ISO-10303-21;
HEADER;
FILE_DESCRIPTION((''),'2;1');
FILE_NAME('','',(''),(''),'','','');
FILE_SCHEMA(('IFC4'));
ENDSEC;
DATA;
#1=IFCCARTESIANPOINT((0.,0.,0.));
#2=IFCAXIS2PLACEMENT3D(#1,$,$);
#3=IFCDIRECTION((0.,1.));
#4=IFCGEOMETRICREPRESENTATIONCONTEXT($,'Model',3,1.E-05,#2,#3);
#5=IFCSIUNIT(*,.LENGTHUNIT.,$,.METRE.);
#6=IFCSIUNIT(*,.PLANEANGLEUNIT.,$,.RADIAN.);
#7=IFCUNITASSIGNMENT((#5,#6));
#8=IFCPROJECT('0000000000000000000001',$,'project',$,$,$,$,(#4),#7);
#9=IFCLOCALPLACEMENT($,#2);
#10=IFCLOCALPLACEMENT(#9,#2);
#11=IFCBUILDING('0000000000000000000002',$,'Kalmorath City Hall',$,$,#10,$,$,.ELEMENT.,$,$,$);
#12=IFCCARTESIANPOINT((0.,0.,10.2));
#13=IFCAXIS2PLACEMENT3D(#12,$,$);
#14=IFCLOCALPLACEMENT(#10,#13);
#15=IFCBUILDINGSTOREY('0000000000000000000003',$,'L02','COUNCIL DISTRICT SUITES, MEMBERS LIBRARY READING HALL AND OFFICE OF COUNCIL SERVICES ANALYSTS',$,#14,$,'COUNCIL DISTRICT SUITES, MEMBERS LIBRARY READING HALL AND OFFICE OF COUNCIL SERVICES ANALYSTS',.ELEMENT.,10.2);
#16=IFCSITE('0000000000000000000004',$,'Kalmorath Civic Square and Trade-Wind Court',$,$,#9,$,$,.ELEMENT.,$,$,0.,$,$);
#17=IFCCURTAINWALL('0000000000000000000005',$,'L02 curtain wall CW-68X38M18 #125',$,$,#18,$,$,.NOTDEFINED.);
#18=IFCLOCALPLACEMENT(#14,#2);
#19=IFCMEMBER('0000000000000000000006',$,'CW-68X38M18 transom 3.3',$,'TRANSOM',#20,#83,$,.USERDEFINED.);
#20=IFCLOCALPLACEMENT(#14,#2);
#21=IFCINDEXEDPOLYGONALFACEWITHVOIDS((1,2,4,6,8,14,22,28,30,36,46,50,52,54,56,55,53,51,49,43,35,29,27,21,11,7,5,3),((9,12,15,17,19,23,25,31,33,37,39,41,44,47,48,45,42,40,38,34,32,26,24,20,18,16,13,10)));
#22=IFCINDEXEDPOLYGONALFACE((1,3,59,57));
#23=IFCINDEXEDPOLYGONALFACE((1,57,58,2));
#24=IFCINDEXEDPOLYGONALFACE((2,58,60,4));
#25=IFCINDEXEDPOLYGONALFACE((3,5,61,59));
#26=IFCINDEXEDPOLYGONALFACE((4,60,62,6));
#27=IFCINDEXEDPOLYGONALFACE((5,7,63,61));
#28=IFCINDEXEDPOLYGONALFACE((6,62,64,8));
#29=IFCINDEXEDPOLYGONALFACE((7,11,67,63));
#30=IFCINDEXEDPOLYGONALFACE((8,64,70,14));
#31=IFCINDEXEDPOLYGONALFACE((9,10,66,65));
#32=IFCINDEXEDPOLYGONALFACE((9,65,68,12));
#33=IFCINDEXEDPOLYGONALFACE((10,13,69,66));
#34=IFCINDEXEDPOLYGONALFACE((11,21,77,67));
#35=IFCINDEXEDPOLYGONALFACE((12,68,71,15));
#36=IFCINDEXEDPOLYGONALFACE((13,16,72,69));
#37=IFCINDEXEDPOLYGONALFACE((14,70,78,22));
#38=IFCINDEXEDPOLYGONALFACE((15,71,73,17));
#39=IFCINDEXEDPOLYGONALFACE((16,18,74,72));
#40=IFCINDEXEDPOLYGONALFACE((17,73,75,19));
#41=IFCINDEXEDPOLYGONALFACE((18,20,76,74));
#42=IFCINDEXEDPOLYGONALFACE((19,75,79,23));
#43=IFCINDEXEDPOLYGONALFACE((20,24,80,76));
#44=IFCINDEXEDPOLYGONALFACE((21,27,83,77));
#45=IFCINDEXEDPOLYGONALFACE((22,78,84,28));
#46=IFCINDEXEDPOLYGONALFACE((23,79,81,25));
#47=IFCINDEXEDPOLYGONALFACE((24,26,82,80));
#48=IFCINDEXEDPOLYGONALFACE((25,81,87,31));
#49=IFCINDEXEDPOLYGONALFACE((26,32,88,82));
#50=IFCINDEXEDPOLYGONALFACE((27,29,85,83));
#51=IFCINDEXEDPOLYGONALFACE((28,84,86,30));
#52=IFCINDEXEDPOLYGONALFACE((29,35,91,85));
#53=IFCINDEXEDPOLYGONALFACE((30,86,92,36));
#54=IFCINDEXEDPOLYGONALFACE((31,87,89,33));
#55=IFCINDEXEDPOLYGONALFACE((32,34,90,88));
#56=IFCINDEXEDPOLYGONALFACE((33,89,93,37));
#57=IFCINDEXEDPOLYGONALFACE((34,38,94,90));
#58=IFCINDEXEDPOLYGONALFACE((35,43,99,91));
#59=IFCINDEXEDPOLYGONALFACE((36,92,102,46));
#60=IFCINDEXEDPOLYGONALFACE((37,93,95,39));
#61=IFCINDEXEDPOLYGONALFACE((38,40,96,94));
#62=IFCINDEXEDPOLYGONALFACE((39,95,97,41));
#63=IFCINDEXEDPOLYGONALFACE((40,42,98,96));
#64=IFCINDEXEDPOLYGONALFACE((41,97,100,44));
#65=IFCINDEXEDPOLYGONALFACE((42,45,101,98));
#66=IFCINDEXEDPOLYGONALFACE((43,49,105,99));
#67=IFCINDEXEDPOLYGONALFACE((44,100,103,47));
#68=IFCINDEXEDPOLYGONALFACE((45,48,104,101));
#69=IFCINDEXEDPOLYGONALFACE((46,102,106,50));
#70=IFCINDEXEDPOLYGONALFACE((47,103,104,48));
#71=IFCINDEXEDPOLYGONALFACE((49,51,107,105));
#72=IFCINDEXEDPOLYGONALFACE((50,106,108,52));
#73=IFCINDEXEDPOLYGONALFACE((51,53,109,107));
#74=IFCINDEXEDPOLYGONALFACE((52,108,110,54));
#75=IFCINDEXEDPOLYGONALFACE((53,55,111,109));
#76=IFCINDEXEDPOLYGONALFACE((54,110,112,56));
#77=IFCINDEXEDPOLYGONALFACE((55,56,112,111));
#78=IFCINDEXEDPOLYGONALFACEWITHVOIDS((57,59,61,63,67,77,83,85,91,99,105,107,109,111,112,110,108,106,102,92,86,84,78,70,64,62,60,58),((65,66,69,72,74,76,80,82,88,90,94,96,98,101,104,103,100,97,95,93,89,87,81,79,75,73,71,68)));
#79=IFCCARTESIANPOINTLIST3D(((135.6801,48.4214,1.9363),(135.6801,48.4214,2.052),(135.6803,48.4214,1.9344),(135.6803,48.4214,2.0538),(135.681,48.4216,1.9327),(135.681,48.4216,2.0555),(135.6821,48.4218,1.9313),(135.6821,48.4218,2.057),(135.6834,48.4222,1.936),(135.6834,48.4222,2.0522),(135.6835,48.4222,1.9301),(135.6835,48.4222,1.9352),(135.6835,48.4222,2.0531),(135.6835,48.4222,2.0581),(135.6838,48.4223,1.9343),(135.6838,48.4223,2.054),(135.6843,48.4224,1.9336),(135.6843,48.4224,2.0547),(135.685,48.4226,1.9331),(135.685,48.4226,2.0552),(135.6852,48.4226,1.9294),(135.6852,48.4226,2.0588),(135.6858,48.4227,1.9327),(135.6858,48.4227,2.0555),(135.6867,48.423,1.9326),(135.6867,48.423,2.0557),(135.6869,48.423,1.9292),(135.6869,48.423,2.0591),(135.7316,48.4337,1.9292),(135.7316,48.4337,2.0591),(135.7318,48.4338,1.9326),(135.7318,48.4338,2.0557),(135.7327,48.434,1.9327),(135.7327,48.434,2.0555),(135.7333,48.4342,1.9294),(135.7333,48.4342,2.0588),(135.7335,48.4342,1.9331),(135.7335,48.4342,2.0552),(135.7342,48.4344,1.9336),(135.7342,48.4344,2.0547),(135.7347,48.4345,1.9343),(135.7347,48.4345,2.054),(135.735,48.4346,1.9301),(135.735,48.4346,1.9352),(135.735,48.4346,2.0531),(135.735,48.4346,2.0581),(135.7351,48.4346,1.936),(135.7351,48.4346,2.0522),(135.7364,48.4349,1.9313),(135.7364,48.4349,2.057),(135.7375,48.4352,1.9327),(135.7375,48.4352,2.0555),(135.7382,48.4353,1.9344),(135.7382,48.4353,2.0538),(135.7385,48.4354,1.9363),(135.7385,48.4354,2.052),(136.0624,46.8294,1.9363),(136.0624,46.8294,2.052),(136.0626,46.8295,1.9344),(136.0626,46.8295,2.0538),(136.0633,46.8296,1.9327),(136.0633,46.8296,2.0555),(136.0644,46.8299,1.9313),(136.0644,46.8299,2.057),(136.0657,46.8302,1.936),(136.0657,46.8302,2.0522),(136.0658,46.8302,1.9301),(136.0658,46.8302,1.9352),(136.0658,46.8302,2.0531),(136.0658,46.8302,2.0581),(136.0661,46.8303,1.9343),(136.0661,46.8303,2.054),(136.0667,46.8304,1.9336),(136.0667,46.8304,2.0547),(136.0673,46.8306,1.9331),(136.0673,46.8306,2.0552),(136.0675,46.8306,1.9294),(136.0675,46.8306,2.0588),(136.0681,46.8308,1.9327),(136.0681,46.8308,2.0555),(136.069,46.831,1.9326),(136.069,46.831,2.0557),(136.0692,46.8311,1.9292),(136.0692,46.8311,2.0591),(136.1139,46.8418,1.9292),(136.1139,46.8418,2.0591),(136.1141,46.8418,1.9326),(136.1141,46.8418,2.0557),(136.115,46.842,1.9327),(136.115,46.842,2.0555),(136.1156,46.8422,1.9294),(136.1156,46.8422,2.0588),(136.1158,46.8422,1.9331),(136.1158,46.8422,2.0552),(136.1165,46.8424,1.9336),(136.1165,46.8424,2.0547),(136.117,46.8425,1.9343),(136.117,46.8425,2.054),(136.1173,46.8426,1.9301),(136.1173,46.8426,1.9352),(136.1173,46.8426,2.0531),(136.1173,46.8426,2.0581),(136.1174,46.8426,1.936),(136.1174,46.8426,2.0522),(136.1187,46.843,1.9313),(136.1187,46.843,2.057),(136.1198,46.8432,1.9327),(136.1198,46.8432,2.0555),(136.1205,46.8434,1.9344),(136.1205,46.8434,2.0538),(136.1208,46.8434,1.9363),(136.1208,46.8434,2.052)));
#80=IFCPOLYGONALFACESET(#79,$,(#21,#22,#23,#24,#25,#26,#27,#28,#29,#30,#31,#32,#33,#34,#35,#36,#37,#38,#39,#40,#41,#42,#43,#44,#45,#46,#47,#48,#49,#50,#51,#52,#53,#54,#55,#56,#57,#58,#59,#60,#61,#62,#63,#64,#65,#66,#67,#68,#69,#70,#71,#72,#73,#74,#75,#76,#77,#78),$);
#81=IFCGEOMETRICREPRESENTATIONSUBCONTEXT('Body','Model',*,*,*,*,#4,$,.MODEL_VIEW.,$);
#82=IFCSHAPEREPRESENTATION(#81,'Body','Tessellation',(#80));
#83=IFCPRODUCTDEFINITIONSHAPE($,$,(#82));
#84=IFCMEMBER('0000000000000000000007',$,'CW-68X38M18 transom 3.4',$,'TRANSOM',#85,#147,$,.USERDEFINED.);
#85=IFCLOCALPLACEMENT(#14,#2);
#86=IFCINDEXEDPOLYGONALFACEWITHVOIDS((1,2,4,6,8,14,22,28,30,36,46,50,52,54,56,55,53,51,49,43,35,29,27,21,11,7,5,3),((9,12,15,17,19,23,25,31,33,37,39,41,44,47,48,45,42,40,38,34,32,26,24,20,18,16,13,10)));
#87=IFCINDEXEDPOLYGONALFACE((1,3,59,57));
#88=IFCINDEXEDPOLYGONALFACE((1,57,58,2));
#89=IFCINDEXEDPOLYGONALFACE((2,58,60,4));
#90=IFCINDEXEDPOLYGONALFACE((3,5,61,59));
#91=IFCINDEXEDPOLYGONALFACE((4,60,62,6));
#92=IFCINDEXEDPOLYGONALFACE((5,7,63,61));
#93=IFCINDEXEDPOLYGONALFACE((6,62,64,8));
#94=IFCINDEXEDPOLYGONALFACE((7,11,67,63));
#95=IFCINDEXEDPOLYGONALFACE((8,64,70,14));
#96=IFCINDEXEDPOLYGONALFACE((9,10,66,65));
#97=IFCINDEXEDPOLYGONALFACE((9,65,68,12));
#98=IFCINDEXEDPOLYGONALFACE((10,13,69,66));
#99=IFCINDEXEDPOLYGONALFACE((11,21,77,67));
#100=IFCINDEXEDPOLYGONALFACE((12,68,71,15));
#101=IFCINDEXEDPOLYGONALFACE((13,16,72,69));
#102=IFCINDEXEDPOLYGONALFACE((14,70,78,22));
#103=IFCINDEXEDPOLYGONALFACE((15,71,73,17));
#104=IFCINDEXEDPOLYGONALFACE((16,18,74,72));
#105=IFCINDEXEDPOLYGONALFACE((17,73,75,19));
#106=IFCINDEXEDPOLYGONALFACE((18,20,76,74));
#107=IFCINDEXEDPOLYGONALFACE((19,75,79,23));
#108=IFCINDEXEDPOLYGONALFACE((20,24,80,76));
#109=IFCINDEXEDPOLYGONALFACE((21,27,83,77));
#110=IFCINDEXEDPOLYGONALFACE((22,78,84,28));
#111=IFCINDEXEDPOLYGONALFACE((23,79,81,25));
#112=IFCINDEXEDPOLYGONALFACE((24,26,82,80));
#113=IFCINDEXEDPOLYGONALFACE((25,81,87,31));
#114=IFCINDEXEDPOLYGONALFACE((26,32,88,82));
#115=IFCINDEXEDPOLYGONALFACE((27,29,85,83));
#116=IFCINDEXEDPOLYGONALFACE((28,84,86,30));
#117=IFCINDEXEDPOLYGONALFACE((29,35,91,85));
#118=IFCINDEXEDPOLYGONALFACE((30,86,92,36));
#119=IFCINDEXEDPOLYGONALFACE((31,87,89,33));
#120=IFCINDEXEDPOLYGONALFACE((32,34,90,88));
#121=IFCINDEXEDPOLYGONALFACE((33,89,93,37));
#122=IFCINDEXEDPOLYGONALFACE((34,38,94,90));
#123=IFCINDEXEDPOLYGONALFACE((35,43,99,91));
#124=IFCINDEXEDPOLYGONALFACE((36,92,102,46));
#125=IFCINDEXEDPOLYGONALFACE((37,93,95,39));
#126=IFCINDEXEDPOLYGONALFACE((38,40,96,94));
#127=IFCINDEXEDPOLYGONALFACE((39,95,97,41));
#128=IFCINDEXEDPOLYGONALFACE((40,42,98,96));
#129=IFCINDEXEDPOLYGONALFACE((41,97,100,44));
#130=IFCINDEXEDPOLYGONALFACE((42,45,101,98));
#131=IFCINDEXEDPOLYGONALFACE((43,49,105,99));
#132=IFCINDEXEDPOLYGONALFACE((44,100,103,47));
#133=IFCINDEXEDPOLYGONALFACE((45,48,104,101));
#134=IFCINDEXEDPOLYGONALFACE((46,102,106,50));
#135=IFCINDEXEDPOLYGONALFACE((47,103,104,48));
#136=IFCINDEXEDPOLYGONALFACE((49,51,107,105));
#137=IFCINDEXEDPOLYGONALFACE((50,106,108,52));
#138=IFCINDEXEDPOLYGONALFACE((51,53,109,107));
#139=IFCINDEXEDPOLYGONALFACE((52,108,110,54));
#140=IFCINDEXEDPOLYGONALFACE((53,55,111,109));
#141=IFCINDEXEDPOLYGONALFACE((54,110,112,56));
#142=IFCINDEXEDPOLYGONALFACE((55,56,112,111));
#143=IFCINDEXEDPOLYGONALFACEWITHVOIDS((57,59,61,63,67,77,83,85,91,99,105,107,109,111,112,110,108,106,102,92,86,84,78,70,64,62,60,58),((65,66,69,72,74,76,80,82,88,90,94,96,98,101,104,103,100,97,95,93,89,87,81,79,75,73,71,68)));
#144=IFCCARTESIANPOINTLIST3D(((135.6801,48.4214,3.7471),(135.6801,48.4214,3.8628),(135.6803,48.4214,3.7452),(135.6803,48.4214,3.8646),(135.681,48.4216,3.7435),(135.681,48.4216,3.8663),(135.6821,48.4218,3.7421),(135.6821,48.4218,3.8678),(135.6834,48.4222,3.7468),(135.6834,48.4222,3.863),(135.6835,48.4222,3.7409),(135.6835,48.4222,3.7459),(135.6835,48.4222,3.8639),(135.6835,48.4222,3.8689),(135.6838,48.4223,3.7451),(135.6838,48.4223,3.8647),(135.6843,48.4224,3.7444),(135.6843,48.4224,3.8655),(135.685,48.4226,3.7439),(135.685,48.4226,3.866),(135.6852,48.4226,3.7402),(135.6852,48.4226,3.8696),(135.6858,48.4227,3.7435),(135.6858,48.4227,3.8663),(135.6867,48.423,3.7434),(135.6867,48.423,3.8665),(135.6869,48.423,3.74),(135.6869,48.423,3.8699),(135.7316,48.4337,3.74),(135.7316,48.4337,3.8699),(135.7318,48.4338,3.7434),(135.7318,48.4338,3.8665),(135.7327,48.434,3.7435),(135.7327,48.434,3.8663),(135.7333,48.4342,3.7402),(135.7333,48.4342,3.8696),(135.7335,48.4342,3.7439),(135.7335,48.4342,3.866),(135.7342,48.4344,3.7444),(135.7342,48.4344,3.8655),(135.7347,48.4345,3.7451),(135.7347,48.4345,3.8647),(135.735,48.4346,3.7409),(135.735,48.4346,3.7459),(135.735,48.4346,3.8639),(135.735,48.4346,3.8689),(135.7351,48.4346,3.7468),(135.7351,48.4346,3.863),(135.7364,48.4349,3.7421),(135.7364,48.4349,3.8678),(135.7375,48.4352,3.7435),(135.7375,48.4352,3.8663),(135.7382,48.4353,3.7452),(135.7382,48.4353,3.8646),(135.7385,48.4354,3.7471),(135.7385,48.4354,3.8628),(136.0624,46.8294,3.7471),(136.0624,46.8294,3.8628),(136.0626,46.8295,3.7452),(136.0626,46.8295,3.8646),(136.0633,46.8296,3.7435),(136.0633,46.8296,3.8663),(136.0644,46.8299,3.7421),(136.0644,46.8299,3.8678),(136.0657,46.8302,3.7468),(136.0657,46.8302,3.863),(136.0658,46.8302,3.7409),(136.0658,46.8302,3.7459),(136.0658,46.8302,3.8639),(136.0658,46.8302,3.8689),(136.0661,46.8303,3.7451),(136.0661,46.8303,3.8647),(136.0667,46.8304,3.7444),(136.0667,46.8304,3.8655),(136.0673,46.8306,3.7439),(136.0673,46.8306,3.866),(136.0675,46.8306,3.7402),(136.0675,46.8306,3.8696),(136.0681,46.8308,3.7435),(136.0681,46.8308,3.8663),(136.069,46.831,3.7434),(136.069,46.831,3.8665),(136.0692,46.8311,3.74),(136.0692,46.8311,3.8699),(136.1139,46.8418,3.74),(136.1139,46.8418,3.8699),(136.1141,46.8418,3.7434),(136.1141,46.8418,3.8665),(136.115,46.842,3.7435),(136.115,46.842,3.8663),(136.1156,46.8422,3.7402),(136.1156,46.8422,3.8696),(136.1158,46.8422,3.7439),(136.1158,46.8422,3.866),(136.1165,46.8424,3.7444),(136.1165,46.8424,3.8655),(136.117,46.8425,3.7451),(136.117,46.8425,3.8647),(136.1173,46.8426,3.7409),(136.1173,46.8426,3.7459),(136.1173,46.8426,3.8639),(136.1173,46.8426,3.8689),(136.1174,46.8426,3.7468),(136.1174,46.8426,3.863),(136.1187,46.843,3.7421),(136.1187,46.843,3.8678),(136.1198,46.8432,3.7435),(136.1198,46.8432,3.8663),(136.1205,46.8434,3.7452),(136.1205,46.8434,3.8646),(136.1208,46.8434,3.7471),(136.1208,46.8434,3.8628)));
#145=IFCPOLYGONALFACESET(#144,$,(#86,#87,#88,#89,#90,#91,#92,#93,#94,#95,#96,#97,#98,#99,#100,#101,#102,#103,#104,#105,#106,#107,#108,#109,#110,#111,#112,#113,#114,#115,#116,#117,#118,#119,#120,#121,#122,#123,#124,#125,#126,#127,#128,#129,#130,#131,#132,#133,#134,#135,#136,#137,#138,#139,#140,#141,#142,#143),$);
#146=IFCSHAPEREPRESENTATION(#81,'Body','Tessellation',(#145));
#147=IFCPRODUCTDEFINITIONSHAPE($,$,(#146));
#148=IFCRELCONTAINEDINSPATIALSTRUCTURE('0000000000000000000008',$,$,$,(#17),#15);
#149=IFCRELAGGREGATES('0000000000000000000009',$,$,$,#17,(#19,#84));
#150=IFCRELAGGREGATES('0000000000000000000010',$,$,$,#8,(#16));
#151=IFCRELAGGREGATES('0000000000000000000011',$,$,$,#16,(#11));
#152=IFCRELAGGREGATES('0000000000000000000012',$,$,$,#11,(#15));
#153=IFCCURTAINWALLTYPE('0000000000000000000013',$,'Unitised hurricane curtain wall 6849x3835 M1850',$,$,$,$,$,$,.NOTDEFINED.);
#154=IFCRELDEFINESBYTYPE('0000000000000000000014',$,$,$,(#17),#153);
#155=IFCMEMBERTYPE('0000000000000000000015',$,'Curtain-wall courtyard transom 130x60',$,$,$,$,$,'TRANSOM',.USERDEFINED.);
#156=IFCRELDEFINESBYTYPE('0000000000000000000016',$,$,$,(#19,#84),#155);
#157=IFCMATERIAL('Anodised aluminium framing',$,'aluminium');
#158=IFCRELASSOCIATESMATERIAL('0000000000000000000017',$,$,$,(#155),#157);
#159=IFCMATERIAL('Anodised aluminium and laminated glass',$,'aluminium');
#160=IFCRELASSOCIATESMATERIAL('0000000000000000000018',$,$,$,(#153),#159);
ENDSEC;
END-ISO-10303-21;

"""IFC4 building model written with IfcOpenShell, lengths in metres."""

from ifc_helpers import new_model, si_unit, direction, frame, origin, origin_2d, place, context, subcontext, project, spatial, hollow_rectangle, extrude, material, material_profile, profile_set, type_object, element, aggregate, save


model = new_model("IFC4")

# Units and contexts
model_context = context("Model", 3, precision=1e-05, world=origin(), true_north=direction((0.0, 1.0)))
body_context = subcontext(model_context, "Body", "Model", "MODEL_VIEW")
ifc_project = project(units=[si_unit("LENGTHUNIT", "METRE"), si_unit("PLANEANGLEUNIT", "RADIAN")], contexts=[model_context])

# Site, building, storey
site_placement = place(None, origin())
site = spatial("IfcSite", under=ifc_project, at=site_placement, Name="Kalmorath Civic Square and Trade-Wind Court", CompositionType="ELEMENT", RefElevation=0.0)
building_placement = place(site_placement, origin())
building = spatial("IfcBuilding", under=site, at=building_placement, Name="Kalmorath City Hall", CompositionType="ELEMENT")
storey_placement = place(building_placement, frame((0.0, 0.0, 10.2)))
storey = spatial("IfcBuildingStorey", under=building, at=storey_placement, Name="L02", Description="COUNCIL DISTRICT SUITES, MEMBERS LIBRARY READING HALL AND OFFICE OF COUNCIL SERVICES ANALYSTS", LongName="COUNCIL DISTRICT SUITES, MEMBERS LIBRARY READING HALL AND OFFICE OF COUNCIL SERVICES ANALYSTS", CompositionType="ELEMENT", Elevation=10.2)

# Curtain wall, members
ifc_material_1 = material(Name="Anodised aluminium framing", Category="aluminium")
ifc_material_profile_1 = material_profile(ifc_material_1, hollow_rectangle(XDim=0.0601, YDim=0.1299, WallThickness=0.0034, InnerFilletRadius=0.0034, OuterFilletRadius=0.0071, at=origin_2d()), Name="ALU-TRN-130X60X3.5")
ifc_profile_set_1 = profile_set([ifc_material_profile_1], Name="Anodised aluminium framing")
member_type_1 = type_object("IfcMemberType", Name="Curtain-wall courtyard transom 130x60", ElementType="TRANSOM", PredefinedType="USERDEFINED", material=ifc_profile_set_1)
ifc_material_2 = material(Name="Anodised aluminium and laminated glass", Category="aluminium")
curtain_wall_type_1 = type_object("IfcCurtainWallType", Name="Unitised hurricane curtain wall 6849x3835 M1850", PredefinedType="NOTDEFINED", material=ifc_material_2)
curtain_wall_1_placement = place(storey_placement, origin())
curtain_wall_1 = element("IfcCurtainWall", 1, at=curtain_wall_1_placement, inside=storey, type_object=curtain_wall_type_1, Name="L02 curtain wall CW-68X38M18 #125", PredefinedType="NOTDEFINED")
member_1_placement = place(storey_placement, frame((136.0916, 46.8364, 1.9941), z_axis=(-0.233508, 0.972355, 0.0), x_axis=(-0.972355, -0.233508, 0.0)))
member_1 = element("IfcMember", 2, at=member_1_placement, type_object=member_type_1, Name="CW-68X38M18 transom 3.3", ObjectType="TRANSOM", PredefinedType="USERDEFINED", context=body_context, shape_type="SweptSolid", body=[
    extrude(hollow_rectangle(XDim=0.0601, YDim=0.1299, WallThickness=0.0034, InnerFilletRadius=0.0034, OuterFilletRadius=0.0071, at=origin_2d()), origin(), (0.0, 0.0, 1.0), 1.6372),
])
member_2_placement = place(storey_placement, frame((136.0916, 46.8364, 3.8049), z_axis=(-0.233508, 0.972355, 0.0), x_axis=(-0.972355, -0.233508, 0.0)))
member_2 = element("IfcMember", 3, at=member_2_placement, type_object=member_type_1, Name="CW-68X38M18 transom 3.4", ObjectType="TRANSOM", PredefinedType="USERDEFINED", context=body_context, shape_type="SweptSolid", body=[
    extrude(hollow_rectangle(XDim=0.0601, YDim=0.1299, WallThickness=0.0034, InnerFilletRadius=0.0034, OuterFilletRadius=0.0071, at=origin_2d()), origin(), (0.0, 0.0, 1.0), 1.6372),
])

aggregate(curtain_wall_1, [member_1, member_2])

save(model, "model.ifc")
